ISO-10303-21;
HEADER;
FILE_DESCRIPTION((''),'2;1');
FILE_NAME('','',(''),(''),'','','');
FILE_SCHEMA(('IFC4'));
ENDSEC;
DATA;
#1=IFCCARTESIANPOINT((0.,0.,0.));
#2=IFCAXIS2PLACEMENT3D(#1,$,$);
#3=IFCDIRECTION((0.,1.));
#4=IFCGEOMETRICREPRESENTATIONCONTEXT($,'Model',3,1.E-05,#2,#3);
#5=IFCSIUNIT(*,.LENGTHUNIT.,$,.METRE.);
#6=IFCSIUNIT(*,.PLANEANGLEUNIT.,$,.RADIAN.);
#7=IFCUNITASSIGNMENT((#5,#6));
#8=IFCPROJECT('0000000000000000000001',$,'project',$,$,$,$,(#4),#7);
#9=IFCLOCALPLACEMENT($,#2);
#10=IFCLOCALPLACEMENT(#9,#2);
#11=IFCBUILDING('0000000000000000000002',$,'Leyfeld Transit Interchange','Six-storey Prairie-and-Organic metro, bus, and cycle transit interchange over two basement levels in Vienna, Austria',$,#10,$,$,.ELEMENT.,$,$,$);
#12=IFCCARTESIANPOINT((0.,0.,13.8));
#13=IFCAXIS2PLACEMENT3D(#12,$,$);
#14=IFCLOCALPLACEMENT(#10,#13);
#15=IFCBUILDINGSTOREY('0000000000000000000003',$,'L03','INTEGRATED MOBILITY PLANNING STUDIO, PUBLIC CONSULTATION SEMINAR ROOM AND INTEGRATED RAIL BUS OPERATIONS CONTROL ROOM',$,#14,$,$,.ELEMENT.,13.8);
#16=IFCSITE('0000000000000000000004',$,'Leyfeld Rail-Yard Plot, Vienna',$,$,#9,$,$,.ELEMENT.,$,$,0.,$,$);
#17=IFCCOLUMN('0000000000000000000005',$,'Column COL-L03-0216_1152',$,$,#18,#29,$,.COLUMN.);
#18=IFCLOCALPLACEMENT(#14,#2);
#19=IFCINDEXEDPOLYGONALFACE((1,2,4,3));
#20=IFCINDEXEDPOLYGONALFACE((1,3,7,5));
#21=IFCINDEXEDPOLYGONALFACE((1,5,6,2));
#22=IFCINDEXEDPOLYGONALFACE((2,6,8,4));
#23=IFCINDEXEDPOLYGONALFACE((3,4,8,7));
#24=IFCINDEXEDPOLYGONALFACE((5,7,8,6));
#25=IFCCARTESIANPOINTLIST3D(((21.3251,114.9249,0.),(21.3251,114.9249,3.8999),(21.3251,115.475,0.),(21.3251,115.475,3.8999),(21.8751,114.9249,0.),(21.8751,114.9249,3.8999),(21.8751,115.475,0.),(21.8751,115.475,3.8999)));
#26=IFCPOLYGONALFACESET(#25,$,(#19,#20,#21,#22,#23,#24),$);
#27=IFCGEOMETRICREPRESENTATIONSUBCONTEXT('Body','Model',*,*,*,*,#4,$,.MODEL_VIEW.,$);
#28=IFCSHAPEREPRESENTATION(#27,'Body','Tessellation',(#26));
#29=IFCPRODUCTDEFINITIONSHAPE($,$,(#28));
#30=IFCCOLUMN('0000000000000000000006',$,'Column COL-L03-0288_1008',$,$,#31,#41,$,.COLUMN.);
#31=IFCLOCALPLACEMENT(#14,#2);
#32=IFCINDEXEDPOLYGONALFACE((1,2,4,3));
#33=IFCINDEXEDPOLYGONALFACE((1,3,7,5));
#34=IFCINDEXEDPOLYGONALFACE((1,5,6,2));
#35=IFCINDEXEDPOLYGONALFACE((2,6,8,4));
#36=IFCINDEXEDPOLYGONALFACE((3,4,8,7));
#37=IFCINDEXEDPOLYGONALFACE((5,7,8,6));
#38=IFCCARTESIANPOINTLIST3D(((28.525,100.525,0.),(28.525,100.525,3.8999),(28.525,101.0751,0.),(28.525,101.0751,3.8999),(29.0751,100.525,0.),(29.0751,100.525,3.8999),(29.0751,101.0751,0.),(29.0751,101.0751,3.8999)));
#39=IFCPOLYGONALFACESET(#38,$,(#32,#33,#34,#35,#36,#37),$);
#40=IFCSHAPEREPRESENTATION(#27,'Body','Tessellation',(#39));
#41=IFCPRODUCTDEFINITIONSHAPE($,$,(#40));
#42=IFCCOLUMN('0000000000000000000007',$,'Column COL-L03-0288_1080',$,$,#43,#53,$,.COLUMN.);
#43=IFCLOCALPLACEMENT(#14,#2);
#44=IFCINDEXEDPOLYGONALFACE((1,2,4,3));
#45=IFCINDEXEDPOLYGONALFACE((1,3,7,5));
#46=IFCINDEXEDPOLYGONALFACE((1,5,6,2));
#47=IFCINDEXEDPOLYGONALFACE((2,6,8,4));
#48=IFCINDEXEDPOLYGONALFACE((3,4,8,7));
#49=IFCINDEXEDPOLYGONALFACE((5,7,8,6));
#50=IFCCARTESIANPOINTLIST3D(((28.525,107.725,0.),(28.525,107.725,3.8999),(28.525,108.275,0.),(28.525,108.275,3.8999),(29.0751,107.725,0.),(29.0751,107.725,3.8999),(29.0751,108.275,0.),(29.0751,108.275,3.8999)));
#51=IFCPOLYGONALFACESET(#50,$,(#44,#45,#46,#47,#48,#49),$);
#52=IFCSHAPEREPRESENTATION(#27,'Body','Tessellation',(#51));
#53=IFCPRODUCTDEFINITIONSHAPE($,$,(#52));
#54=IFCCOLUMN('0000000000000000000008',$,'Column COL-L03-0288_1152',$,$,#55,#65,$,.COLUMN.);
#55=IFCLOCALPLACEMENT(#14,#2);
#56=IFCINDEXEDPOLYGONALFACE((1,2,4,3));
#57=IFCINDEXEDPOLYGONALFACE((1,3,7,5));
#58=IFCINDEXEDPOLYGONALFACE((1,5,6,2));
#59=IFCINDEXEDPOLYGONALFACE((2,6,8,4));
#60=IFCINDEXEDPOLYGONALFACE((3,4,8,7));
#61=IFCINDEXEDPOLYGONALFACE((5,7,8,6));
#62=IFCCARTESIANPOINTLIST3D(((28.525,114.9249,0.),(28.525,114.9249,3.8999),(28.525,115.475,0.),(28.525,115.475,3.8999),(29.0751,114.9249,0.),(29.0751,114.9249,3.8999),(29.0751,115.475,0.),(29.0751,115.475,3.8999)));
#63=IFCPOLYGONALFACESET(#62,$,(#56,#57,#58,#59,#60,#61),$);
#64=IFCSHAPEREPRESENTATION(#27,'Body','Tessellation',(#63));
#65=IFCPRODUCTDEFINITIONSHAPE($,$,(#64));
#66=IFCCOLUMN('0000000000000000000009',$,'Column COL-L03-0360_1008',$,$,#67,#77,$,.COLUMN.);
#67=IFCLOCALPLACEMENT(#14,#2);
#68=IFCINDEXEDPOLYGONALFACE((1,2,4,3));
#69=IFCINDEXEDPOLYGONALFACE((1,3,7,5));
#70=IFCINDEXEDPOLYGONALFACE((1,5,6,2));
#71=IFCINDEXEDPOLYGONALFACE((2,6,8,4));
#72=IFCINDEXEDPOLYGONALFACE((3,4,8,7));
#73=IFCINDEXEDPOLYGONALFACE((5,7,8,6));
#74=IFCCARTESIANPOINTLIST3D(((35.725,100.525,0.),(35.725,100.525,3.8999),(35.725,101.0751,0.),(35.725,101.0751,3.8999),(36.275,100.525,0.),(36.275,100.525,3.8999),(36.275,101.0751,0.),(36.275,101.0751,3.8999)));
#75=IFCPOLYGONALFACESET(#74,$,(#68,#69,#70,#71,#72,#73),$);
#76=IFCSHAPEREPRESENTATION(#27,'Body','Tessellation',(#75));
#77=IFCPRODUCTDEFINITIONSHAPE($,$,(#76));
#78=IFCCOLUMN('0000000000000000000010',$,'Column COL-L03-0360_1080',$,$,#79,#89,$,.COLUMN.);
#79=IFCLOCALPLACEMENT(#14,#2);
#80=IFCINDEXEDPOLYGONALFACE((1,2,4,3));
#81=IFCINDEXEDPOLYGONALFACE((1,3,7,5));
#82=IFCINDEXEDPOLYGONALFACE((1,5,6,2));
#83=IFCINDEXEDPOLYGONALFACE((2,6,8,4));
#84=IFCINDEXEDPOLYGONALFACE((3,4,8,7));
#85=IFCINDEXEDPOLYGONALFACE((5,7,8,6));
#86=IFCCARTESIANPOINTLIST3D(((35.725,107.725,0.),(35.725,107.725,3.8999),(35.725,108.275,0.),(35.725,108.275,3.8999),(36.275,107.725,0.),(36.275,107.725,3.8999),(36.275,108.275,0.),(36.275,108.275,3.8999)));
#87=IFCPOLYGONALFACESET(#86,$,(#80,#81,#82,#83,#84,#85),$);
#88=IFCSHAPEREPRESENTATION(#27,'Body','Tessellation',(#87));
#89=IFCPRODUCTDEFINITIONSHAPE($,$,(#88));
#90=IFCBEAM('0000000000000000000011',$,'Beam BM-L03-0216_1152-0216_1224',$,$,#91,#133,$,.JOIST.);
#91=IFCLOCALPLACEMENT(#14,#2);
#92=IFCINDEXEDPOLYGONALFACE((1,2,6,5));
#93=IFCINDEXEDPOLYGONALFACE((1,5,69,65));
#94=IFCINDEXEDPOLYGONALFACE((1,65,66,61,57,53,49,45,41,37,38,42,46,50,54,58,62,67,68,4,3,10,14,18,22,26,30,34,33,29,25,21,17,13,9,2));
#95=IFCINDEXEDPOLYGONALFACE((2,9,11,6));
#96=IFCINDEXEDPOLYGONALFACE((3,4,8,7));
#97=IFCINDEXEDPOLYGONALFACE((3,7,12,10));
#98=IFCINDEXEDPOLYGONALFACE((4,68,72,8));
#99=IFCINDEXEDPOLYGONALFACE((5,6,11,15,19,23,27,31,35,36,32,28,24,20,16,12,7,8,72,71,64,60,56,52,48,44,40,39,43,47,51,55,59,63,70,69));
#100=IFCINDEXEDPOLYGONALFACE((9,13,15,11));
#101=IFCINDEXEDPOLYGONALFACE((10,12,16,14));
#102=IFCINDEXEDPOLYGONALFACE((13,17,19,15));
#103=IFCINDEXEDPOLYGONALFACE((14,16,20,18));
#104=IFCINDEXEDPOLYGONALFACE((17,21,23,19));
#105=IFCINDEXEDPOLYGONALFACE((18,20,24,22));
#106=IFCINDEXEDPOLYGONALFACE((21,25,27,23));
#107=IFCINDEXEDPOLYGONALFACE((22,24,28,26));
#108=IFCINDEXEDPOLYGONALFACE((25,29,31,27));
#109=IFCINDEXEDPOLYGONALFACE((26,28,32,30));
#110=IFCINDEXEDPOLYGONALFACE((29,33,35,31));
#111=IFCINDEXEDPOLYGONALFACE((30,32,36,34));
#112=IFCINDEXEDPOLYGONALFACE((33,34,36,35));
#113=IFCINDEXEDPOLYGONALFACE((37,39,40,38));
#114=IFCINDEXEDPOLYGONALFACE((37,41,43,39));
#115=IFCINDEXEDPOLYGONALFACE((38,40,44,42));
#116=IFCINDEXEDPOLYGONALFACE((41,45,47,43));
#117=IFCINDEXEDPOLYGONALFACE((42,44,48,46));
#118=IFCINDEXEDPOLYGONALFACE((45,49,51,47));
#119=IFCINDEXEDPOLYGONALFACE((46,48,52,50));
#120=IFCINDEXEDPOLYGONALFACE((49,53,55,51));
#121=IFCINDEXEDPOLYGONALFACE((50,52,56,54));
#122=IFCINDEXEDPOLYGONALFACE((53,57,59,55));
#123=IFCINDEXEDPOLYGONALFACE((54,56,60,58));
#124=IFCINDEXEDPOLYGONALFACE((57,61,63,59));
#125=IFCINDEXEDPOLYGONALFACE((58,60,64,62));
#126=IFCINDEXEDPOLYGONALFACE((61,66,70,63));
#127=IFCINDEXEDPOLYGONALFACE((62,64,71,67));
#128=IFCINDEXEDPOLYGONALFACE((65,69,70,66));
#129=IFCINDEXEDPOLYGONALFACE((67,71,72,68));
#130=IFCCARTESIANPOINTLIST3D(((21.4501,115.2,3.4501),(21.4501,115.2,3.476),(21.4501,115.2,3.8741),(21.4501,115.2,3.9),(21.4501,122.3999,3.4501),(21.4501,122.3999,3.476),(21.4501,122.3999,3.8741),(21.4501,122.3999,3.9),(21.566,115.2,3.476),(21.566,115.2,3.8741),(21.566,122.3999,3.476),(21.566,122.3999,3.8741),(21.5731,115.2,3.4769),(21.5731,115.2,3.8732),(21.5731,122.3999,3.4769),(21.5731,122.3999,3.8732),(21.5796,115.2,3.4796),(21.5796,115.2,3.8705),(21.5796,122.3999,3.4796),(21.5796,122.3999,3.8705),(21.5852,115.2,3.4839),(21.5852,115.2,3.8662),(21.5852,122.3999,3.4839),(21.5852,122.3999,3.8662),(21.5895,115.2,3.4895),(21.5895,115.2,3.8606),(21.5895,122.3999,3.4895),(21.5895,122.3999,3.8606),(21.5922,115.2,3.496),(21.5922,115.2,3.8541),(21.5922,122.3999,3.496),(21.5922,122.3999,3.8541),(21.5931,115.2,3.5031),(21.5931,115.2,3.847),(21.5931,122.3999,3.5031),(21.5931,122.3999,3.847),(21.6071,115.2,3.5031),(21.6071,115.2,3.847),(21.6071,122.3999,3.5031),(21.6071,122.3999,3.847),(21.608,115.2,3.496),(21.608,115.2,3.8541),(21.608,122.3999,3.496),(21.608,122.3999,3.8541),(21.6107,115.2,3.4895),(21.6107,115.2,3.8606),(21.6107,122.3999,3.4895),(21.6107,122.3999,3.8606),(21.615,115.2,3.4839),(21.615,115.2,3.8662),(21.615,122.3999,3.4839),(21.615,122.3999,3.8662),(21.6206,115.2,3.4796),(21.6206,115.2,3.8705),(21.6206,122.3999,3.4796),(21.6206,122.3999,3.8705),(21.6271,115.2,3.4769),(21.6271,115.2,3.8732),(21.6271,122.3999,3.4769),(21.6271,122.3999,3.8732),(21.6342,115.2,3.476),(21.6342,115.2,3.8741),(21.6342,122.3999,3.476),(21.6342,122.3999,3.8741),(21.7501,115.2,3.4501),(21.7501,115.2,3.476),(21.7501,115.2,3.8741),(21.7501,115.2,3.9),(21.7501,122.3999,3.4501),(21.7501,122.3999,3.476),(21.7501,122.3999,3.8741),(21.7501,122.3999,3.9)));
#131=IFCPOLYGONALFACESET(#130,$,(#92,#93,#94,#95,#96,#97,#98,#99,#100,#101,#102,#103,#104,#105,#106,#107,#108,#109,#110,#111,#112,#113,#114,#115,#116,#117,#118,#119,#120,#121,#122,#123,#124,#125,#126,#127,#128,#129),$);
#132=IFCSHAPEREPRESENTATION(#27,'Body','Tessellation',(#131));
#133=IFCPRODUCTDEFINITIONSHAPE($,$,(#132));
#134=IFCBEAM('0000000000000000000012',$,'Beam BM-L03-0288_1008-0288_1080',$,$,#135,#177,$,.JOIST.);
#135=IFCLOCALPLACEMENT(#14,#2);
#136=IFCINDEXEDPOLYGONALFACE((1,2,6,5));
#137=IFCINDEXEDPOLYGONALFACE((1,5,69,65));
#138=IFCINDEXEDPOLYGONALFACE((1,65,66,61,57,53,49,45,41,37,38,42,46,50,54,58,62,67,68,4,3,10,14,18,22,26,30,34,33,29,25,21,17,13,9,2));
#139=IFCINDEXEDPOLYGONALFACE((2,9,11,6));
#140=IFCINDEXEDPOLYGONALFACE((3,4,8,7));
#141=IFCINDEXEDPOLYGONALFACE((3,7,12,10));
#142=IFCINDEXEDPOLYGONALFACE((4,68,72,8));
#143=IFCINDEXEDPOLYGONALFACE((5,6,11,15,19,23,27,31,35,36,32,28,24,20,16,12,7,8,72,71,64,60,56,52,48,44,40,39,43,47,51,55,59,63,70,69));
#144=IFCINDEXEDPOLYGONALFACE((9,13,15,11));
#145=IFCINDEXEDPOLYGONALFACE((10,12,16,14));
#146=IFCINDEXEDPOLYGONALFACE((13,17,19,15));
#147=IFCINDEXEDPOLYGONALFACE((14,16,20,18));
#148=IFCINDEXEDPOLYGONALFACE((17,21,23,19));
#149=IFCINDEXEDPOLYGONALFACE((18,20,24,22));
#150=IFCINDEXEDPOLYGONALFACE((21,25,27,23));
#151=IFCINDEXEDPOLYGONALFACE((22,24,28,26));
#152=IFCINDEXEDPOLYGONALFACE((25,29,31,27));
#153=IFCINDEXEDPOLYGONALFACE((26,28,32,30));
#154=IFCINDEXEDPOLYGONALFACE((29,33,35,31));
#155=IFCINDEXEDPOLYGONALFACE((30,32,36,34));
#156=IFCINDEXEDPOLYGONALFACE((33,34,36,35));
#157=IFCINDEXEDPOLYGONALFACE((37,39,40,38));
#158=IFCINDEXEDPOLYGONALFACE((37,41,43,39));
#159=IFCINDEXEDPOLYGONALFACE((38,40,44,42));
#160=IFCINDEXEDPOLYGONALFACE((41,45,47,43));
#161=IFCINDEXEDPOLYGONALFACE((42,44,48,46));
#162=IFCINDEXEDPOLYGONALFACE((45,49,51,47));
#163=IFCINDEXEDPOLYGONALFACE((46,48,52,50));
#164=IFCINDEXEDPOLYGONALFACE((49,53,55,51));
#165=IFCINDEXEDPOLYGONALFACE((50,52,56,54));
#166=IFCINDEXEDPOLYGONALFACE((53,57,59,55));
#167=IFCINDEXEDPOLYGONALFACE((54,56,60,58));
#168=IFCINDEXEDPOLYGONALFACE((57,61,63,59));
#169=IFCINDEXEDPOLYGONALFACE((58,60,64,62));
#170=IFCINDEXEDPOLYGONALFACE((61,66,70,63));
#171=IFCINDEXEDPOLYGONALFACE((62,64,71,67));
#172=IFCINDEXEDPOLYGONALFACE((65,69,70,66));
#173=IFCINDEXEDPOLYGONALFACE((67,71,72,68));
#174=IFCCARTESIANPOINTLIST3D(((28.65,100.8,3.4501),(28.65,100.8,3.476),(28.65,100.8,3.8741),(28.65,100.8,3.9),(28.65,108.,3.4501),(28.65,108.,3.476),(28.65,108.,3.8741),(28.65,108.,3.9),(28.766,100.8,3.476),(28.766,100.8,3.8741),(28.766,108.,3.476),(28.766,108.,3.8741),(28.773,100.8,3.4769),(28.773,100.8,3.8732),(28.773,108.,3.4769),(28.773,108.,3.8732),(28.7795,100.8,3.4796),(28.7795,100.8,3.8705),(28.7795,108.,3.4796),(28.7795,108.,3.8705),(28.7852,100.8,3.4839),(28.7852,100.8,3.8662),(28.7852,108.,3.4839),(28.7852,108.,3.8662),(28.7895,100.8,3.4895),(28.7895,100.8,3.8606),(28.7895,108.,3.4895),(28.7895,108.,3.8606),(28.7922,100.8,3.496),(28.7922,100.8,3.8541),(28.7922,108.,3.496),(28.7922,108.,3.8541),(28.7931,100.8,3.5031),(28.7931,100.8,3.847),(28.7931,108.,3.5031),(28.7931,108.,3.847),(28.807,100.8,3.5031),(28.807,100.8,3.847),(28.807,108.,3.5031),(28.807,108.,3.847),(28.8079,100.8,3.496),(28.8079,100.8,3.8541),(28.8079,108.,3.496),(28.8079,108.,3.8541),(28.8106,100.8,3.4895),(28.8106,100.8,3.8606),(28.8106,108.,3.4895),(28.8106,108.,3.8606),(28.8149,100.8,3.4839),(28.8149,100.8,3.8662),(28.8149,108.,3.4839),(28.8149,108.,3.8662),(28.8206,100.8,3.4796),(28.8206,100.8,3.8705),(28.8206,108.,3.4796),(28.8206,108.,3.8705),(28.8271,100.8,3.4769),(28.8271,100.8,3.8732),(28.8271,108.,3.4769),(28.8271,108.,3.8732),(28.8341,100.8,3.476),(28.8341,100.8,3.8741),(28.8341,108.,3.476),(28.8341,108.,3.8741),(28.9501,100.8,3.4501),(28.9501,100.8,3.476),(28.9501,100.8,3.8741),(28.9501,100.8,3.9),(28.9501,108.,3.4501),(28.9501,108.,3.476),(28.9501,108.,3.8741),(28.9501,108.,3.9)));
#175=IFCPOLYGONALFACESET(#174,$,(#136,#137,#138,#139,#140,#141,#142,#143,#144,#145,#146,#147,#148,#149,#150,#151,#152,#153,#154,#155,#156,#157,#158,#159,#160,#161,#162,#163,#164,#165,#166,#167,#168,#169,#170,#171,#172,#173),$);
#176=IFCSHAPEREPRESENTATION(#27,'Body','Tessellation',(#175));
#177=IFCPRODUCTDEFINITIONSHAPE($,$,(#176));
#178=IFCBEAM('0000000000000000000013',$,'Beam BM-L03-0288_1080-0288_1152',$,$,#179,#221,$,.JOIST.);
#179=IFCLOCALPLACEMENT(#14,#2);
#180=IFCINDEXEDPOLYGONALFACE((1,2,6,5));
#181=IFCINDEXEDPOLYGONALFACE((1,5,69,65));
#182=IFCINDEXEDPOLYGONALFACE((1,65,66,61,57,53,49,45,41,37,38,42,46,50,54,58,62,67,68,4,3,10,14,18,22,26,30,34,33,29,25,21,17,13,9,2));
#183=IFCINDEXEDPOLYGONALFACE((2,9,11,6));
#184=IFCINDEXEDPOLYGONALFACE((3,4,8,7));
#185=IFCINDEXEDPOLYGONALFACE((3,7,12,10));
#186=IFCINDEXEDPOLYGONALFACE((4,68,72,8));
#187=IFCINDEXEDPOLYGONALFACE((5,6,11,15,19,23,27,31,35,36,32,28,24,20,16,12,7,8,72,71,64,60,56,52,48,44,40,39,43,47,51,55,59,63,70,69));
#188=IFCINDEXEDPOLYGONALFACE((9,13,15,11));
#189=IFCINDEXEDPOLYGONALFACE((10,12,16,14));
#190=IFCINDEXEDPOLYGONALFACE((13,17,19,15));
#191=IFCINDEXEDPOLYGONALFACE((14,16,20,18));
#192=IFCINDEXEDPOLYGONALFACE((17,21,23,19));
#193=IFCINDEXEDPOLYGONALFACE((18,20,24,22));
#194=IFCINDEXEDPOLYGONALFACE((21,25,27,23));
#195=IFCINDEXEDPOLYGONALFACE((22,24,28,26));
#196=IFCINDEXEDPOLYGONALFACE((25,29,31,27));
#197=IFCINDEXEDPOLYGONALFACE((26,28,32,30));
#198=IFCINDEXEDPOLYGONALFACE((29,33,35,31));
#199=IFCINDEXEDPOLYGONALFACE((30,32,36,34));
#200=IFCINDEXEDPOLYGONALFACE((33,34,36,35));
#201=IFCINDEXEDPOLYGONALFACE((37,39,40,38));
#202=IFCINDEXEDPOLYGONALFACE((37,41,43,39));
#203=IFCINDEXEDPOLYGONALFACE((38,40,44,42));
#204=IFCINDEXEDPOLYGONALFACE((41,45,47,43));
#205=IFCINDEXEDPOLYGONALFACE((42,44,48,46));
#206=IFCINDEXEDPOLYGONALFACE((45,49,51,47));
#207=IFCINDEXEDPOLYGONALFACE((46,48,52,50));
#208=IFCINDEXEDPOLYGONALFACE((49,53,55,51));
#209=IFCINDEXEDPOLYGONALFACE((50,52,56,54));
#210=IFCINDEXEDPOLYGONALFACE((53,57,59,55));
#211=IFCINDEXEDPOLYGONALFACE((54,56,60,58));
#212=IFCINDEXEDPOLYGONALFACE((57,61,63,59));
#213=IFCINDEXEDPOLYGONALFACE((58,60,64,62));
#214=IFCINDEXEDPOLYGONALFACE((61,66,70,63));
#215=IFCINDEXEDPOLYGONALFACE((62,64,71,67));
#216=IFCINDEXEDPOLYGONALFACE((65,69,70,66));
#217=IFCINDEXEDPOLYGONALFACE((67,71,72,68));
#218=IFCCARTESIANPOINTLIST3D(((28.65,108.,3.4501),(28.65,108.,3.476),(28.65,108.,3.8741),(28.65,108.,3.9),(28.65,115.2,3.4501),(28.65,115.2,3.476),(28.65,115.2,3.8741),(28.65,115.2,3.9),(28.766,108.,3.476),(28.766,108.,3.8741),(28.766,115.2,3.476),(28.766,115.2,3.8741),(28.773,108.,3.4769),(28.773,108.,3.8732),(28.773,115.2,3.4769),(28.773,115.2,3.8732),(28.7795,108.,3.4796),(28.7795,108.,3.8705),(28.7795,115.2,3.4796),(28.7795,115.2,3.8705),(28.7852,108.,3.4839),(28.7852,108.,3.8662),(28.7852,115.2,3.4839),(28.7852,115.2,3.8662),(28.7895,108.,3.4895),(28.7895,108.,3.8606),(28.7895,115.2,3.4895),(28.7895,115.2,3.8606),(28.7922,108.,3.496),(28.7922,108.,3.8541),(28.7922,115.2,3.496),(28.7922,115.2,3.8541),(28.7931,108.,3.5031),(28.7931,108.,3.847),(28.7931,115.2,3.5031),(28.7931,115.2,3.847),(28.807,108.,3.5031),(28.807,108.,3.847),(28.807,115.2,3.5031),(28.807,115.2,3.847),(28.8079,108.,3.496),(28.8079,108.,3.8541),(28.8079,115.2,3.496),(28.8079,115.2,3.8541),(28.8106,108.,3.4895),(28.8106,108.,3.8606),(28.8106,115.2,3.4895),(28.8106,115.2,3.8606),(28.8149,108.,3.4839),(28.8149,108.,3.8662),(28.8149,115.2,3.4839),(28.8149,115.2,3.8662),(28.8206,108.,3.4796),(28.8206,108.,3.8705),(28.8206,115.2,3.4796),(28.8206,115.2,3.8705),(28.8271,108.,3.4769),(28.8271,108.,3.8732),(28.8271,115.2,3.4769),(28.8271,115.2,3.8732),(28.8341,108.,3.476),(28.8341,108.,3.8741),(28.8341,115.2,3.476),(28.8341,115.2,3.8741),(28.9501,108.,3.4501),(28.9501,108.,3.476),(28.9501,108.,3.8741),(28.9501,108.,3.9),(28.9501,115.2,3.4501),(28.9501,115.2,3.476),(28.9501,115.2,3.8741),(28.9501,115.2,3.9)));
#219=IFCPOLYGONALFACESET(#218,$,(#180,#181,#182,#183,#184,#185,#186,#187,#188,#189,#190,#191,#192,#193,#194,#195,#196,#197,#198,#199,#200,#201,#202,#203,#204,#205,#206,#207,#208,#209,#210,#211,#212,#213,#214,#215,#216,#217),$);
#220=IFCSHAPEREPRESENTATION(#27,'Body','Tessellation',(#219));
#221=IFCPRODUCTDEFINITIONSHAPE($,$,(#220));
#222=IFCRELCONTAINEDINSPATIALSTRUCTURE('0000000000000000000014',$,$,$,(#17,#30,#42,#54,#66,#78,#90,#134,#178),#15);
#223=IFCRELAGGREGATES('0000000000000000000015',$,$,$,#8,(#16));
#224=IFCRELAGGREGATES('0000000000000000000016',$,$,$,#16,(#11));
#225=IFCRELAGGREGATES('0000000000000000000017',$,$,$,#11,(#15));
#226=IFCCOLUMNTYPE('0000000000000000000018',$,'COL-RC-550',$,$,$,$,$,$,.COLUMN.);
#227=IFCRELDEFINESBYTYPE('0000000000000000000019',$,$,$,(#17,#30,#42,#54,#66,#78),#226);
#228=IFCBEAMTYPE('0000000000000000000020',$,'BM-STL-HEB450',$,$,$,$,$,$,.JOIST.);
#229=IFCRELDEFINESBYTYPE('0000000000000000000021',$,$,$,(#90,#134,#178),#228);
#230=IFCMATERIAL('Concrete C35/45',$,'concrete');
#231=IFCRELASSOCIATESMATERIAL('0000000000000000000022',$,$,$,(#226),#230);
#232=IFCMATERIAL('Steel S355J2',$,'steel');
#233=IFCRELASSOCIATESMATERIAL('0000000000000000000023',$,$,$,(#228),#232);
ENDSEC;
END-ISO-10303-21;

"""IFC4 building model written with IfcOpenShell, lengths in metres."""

from ifc_helpers import new_model, si_unit, direction, frame, origin, origin_2d, place, context, subcontext, project, spatial, rectangle, i_section, extrude, material, material_profile, profile_set, type_object, element, save


model = new_model("IFC4")

# Units and contexts
model_context = context("Model", 3, precision=1e-05, world=origin(), true_north=direction((0.0, 1.0)))
body_context = subcontext(model_context, "Body", "Model", "MODEL_VIEW")
ifc_project = project(units=[si_unit("LENGTHUNIT", "METRE"), si_unit("PLANEANGLEUNIT", "RADIAN")], contexts=[model_context])

# Site, building, storey
site_placement = place(None, origin())
site = spatial("IfcSite", under=ifc_project, at=site_placement, Name="Leyfeld Rail-Yard Plot, Vienna", CompositionType="ELEMENT", RefElevation=0.0)
building_placement = place(site_placement, origin())
building = spatial("IfcBuilding", under=site, at=building_placement, Name="Leyfeld Transit Interchange", Description="Six-storey Prairie-and-Organic metro, bus, and cycle transit interchange over two basement levels in Vienna, Austria", CompositionType="ELEMENT")
storey_placement = place(building_placement, frame((0.0, 0.0, 13.8)))
storey = spatial("IfcBuildingStorey", under=building, at=storey_placement, Name="L03", Description="INTEGRATED MOBILITY PLANNING STUDIO, PUBLIC CONSULTATION SEMINAR ROOM AND INTEGRATED RAIL BUS OPERATIONS CONTROL ROOM", CompositionType="ELEMENT", Elevation=13.8)

# Columns
ifc_material_1 = material(Name="Concrete C35/45", Category="concrete")
ifc_material_profile_1 = material_profile(ifc_material_1, rectangle(XDim=0.55, YDim=0.55, at=origin_2d()), Name="RC 550x550")
ifc_profile_set_1 = profile_set([ifc_material_profile_1], Name="Concrete C35/45")
column_type = type_object("IfcColumnType", Name="COL-RC-550", PredefinedType="COLUMN", material=ifc_profile_set_1)
for number, where, z_axis, x_axis, name in (
    (1, (21.6001, 115.2, 0.0), (0.0, 0.0, 1.0), (1.0, 0.0, 0.0), "Column COL-L03-0216_1152"),
    (2, (28.8, 100.8, 0.0), (0.0, 0.0, 1.0), (1.0, 0.0, 0.0), "Column COL-L03-0288_1008"),
    (3, (28.8, 108.0, 0.0), (0.0, 0.0, 1.0), (1.0, 0.0, 0.0), "Column COL-L03-0288_1080"),
    (4, (28.8, 115.2, 0.0), (0.0, 0.0, 1.0), (1.0, 0.0, 0.0), "Column COL-L03-0288_1152"),
    (5, (36.0, 100.8, 0.0), (0.0, 0.0, 1.0), (1.0, 0.0, 0.0), "Column COL-L03-0360_1008"),
    (6, (36.0, 108.0, 0.0), (0.0, 0.0, 1.0), (1.0, 0.0, 0.0), "Column COL-L03-0360_1080"),
):
    element("IfcColumn", number, at=place(storey_placement, frame(where, z_axis=z_axis, x_axis=x_axis)), inside=storey, type_object=column_type, Name=name, PredefinedType="COLUMN", context=body_context, shape_type="SweptSolid", body=[
        extrude(rectangle(XDim=0.55, YDim=0.55, at=origin_2d()), origin(), (0.0, 0.0, 1.0), 3.8999),
    ])

# Beams
ifc_material_2 = material(Name="Steel S355J2", Category="steel")
ifc_material_profile_2 = material_profile(ifc_material_2, i_section(OverallWidth=0.3, OverallDepth=0.45, WebThickness=0.0139, FlangeThickness=0.0259, FilletRadius=0.0271, at=origin_2d()), Name="HEB 450")
ifc_profile_set_2 = profile_set([ifc_material_profile_2], Name="Steel S355J2")
beam_type_1 = type_object("IfcBeamType", Name="BM-STL-HEB450", PredefinedType="JOIST", material=ifc_profile_set_2)
for number, where, z_axis, x_axis, name in (
    (7, (21.6001, 115.2, 3.675), (0.0, 1.0, 0.0), (-1.0, 0.0, 0.0), "Beam BM-L03-0216_1152-0216_1224"),
    (8, (28.8, 100.8, 3.675), (0.0, 1.0, 0.0), (-1.0, 0.0, 0.0), "Beam BM-L03-0288_1008-0288_1080"),
    (9, (28.8, 108.0, 3.675), (0.0, 1.0, 0.0), (-1.0, 0.0, 0.0), "Beam BM-L03-0288_1080-0288_1152"),
):
    element("IfcBeam", number, at=place(storey_placement, frame(where, z_axis=z_axis, x_axis=x_axis)), inside=storey, type_object=beam_type_1, Name=name, PredefinedType="JOIST", context=body_context, shape_type="SweptSolid", body=[
        extrude(i_section(OverallWidth=0.3, OverallDepth=0.45, WebThickness=0.0139, FlangeThickness=0.0259, FilletRadius=0.0271, at=origin_2d()), origin(), (0.0, 0.0, 1.0), 7.2),
    ])

save(model, "model.ifc")
